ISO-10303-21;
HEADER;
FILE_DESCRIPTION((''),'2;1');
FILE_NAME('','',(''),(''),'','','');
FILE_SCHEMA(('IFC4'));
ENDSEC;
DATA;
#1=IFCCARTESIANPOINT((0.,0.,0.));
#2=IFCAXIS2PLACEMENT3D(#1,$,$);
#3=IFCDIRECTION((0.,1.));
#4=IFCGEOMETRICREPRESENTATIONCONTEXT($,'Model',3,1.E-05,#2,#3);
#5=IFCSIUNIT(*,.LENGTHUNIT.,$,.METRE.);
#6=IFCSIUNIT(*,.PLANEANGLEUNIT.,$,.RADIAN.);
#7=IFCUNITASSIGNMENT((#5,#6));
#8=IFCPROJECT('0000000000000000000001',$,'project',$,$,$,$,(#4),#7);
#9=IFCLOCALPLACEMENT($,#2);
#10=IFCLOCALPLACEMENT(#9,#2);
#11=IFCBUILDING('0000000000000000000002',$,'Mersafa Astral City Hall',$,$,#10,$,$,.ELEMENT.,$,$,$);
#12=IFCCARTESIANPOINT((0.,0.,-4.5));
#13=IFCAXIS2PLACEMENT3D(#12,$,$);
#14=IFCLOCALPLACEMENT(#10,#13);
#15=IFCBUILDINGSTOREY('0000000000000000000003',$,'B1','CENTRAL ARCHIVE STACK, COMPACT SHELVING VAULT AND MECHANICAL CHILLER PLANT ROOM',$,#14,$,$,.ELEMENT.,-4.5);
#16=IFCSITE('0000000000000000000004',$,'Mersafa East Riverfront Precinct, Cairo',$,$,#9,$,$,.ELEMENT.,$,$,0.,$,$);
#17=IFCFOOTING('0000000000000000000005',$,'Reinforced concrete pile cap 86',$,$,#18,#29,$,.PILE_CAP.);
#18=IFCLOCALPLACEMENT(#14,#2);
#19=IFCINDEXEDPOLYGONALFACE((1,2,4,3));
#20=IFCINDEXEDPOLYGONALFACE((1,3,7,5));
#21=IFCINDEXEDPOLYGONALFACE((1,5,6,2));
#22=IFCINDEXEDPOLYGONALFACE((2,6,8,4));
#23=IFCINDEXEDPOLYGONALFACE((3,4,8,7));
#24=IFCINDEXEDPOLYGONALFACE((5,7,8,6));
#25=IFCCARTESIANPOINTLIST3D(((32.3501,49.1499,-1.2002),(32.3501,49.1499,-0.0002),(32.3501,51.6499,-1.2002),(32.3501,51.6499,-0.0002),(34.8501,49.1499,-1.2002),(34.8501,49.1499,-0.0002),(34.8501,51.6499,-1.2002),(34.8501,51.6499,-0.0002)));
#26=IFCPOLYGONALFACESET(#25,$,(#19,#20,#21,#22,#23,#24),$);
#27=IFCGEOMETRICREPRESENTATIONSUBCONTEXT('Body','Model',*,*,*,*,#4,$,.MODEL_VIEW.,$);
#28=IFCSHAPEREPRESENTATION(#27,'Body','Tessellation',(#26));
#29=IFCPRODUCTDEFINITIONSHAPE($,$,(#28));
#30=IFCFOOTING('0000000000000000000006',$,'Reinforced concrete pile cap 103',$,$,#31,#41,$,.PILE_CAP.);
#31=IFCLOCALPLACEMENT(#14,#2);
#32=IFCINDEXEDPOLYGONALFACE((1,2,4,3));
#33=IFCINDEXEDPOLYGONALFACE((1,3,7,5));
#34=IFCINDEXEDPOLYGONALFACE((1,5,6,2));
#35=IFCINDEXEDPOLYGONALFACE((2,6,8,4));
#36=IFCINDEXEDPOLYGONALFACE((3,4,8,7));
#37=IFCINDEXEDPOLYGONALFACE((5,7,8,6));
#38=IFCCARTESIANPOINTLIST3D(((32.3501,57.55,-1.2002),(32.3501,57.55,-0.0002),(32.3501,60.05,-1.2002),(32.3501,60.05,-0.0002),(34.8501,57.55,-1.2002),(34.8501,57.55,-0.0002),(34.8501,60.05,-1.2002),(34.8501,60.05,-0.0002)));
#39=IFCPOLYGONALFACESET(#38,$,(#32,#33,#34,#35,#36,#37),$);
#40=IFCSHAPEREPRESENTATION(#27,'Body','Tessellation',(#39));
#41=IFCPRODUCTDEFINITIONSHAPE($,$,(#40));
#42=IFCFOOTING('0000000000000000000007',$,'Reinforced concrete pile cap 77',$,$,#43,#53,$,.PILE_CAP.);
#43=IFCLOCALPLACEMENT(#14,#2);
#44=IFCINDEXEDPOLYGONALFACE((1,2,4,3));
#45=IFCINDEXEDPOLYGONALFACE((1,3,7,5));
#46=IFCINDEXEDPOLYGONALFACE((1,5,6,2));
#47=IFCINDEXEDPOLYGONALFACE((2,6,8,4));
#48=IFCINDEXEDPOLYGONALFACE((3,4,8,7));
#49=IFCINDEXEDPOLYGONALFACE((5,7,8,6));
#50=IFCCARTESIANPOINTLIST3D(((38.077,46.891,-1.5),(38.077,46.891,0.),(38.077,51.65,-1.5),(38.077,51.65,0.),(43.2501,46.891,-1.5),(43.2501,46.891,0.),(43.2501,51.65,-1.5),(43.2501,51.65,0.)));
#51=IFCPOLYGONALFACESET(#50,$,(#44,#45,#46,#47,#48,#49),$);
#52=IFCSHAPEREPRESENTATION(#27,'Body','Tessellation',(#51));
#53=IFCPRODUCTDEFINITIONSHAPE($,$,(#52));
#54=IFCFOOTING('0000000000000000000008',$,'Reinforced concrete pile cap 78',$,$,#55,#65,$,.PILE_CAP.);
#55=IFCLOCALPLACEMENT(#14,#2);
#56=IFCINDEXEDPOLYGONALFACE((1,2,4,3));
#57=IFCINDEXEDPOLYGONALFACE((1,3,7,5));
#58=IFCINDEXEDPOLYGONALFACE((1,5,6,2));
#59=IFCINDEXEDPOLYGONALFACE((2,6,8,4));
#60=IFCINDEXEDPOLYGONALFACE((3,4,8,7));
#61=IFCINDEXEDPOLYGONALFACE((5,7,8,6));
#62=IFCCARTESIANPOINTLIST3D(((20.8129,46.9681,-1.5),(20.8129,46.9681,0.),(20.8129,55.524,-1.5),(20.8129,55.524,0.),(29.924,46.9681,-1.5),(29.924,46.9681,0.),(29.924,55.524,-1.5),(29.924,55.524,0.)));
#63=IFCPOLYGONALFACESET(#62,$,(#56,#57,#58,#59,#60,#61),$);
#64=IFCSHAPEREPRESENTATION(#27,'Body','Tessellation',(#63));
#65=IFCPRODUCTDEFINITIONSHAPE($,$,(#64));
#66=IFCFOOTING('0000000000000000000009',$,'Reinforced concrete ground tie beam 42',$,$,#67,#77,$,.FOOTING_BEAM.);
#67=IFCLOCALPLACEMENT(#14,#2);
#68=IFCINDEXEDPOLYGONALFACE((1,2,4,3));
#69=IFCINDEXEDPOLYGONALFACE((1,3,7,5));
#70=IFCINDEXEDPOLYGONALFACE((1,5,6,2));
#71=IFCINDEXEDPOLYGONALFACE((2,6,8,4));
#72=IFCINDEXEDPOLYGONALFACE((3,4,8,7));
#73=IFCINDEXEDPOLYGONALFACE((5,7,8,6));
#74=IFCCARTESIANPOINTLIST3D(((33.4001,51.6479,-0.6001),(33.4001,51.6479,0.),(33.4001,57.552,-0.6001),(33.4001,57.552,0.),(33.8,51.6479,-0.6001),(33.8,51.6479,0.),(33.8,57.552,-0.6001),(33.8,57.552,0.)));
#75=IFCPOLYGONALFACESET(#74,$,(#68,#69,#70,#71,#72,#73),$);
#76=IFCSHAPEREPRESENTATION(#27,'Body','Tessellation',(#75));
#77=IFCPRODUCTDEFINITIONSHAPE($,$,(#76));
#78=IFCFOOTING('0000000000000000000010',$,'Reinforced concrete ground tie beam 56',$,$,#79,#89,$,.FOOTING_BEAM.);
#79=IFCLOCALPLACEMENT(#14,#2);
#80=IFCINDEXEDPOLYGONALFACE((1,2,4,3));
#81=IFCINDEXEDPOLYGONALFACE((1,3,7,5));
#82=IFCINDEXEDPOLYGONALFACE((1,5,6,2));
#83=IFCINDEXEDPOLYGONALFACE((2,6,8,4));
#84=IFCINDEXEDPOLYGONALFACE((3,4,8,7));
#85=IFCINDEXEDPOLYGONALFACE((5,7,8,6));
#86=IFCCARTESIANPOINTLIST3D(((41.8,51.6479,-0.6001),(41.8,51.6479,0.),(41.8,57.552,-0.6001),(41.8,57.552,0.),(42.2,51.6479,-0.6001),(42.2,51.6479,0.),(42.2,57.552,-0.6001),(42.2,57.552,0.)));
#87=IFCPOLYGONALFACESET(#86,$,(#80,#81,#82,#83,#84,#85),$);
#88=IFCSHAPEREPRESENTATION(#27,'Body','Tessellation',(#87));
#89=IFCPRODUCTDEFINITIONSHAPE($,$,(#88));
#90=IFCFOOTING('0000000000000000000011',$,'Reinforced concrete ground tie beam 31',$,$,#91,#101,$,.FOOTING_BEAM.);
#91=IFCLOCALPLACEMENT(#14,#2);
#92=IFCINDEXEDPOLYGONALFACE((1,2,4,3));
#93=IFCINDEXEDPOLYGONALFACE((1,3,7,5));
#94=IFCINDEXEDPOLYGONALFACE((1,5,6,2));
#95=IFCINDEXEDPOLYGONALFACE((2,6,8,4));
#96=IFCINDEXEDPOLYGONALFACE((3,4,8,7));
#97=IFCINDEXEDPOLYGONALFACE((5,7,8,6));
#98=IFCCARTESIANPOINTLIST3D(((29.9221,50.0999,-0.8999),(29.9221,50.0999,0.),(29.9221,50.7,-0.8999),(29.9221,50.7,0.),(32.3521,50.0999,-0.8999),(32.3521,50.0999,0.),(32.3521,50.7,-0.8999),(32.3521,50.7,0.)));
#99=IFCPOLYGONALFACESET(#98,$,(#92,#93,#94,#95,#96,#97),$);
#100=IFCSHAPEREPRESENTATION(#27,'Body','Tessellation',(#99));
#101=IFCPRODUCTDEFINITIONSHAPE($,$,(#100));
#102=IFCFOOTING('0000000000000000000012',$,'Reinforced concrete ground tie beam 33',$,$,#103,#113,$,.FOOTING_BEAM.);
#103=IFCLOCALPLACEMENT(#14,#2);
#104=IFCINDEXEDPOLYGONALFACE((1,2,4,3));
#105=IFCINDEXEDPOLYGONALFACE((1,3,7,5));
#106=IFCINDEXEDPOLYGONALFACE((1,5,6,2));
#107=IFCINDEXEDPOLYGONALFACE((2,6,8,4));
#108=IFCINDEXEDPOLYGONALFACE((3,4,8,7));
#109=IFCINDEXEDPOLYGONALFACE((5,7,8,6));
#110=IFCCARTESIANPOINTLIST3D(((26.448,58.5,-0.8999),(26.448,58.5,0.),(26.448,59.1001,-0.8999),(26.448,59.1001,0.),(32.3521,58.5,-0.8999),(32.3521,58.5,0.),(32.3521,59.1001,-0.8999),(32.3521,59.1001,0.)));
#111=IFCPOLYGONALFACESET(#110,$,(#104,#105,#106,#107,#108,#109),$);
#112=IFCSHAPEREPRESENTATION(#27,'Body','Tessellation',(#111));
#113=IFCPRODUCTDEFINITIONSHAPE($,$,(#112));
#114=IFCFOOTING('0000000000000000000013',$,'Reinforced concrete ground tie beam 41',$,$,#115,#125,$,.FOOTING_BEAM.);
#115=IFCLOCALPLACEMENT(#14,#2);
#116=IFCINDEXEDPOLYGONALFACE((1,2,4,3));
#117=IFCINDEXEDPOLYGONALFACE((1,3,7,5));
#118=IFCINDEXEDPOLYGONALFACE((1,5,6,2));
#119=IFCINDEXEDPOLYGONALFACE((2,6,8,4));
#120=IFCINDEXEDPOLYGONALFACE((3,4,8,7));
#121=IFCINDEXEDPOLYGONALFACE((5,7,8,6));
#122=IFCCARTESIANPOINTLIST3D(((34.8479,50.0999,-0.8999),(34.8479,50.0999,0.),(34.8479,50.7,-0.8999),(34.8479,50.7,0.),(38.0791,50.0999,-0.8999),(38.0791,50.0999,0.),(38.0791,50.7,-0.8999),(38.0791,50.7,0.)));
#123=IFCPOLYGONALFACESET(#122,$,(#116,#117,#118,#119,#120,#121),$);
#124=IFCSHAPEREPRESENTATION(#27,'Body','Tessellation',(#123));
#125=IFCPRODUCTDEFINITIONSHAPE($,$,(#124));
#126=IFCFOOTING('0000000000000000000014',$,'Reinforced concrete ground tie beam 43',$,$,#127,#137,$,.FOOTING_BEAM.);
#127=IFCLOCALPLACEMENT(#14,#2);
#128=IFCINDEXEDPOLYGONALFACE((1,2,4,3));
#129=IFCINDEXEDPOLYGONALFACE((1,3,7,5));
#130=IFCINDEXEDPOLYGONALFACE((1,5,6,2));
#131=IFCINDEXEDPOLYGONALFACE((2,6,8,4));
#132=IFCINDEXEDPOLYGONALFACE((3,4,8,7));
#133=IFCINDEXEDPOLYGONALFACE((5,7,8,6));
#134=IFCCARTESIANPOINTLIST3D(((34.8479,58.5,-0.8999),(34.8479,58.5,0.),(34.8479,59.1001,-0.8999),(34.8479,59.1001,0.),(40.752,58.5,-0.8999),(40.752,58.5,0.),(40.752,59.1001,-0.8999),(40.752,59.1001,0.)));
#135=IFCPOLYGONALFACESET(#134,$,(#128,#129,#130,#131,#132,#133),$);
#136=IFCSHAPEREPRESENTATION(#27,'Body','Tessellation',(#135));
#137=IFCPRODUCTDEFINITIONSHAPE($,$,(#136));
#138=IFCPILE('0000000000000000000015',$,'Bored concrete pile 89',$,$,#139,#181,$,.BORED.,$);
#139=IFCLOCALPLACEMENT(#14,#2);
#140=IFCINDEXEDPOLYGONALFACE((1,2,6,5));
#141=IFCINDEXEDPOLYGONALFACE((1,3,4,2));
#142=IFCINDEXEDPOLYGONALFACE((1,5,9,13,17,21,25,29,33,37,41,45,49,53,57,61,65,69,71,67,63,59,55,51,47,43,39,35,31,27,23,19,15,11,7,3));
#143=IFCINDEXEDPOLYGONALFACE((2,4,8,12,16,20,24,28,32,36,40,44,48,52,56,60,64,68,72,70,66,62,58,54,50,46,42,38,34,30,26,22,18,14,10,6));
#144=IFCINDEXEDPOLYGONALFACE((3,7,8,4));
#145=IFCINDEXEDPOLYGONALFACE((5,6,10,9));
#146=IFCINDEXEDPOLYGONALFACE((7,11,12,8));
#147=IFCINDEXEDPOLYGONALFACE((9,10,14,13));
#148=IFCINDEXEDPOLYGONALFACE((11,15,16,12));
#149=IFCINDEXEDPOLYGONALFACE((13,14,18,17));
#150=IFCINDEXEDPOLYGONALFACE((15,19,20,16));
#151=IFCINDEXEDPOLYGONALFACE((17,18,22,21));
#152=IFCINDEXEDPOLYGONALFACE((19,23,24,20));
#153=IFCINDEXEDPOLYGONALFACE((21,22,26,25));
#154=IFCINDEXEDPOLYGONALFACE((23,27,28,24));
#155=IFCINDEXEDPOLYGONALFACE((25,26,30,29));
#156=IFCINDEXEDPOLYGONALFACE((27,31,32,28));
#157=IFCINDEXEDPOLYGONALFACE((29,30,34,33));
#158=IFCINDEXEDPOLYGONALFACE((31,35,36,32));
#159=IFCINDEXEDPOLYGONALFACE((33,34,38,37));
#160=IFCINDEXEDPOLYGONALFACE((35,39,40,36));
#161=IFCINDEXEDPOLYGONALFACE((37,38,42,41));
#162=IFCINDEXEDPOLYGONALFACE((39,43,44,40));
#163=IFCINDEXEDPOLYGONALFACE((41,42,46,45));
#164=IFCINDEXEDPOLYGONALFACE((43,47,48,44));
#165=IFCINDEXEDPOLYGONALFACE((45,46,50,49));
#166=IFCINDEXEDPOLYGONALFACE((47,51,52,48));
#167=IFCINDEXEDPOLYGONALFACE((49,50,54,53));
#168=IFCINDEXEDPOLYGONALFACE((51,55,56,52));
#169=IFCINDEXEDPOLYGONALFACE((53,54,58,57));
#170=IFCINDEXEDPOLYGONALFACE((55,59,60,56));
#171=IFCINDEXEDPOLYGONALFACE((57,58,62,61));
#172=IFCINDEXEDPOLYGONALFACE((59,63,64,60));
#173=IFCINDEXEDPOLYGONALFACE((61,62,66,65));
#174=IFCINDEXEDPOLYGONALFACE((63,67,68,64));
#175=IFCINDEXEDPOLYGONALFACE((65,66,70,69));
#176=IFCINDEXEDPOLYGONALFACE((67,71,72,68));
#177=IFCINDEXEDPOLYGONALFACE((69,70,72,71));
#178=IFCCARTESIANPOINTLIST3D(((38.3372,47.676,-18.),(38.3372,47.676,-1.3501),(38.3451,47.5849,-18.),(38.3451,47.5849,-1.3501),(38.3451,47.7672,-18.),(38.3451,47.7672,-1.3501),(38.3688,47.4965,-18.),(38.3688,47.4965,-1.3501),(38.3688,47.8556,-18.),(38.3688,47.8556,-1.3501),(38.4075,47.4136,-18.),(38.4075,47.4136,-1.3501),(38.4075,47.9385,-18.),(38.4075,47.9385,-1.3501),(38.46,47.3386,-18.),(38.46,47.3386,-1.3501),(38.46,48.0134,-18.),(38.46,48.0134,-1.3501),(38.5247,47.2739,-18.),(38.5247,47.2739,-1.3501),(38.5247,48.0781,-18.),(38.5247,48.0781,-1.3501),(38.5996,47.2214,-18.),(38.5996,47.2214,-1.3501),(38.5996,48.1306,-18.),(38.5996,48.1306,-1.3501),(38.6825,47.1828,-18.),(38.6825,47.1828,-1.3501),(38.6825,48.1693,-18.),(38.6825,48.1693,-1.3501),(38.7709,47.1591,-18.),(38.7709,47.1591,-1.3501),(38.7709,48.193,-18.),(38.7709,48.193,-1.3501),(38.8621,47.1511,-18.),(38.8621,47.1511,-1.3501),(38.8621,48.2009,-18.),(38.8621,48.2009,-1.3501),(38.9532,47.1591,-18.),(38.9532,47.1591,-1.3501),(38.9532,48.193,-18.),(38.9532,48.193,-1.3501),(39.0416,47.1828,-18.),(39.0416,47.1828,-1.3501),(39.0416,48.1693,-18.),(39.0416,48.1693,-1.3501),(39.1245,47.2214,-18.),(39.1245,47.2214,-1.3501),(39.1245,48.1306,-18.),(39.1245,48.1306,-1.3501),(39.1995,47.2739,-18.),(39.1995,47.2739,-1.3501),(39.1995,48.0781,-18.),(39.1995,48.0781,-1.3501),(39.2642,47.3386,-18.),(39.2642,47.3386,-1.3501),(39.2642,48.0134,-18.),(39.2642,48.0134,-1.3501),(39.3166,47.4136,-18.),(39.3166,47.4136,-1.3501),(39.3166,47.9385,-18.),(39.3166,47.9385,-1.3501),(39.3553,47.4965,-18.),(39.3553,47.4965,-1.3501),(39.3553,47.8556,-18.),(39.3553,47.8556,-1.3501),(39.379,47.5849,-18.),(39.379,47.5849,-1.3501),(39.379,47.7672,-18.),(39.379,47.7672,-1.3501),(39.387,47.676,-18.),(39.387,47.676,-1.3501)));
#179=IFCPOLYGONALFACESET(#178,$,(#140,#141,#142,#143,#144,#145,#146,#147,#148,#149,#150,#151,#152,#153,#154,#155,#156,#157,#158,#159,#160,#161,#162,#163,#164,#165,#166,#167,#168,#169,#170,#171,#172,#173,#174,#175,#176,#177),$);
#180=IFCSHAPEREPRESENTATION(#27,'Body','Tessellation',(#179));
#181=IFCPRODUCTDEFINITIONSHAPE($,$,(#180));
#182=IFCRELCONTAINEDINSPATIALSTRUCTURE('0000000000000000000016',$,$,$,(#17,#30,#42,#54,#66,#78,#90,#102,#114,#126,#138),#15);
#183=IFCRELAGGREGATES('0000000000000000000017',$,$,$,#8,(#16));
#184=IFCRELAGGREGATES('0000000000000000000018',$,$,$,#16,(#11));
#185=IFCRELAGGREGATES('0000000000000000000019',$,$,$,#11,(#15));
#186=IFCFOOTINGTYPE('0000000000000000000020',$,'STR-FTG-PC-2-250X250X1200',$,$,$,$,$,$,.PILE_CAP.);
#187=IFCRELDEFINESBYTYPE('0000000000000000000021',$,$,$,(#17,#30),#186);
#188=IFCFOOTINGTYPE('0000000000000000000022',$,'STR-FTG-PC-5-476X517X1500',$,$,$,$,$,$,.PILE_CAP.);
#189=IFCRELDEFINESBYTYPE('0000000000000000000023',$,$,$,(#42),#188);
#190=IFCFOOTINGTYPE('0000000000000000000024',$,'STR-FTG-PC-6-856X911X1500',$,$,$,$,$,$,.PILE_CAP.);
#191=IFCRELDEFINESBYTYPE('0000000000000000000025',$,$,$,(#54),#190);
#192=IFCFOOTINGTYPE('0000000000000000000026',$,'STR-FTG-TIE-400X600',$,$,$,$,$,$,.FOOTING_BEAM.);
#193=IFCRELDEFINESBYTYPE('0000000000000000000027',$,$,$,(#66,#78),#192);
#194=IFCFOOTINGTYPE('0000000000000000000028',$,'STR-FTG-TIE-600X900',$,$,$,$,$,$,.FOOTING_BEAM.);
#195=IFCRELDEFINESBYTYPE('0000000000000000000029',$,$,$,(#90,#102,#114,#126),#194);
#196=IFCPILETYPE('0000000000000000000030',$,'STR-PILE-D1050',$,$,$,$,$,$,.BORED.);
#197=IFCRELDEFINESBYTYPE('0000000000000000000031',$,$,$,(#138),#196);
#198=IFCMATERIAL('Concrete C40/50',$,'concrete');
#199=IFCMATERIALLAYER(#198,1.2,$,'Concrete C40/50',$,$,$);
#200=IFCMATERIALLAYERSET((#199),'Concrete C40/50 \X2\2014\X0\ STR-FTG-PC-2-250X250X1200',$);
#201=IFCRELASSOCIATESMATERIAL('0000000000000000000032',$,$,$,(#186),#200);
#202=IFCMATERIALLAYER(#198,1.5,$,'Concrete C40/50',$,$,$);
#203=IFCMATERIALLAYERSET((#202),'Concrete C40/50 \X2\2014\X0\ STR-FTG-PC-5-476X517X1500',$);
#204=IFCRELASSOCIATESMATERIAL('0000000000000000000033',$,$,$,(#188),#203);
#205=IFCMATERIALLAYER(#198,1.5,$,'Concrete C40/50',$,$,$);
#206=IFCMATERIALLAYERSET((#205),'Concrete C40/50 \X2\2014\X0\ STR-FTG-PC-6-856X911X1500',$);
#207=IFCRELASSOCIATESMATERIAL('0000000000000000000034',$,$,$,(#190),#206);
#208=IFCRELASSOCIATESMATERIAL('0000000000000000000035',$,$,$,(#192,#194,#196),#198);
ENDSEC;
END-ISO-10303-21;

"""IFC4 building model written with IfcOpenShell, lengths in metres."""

from ifc_helpers import new_model, si_unit, direction, frame, origin, origin_2d, place, context, subcontext, project, spatial, rectangle, circle, extrude, material, layer, layer_set, material_profile, profile_set, type_object, element, save


model = new_model("IFC4")

# Units and contexts
model_context = context("Model", 3, precision=1e-05, world=origin(), true_north=direction((0.0, 1.0)))
body_context = subcontext(model_context, "Body", "Model", "MODEL_VIEW")
ifc_project = project(units=[si_unit("LENGTHUNIT", "METRE"), si_unit("PLANEANGLEUNIT", "RADIAN")], contexts=[model_context])

# Site, building, storey
site_placement = place(None, origin())
site = spatial("IfcSite", under=ifc_project, at=site_placement, Name="Mersafa East Riverfront Precinct, Cairo", CompositionType="ELEMENT", RefElevation=0.0)
building_placement = place(site_placement, origin())
building = spatial("IfcBuilding", under=site, at=building_placement, Name="Mersafa Astral City Hall", CompositionType="ELEMENT")
storey_placement = place(building_placement, frame((0.0, 0.0, -4.5)))
storey = spatial("IfcBuildingStorey", under=building, at=storey_placement, Name="B1", Description="CENTRAL ARCHIVE STACK, COMPACT SHELVING VAULT AND MECHANICAL CHILLER PLANT ROOM", CompositionType="ELEMENT", Elevation=-4.5)

# Footings
ifc_material = material(Name="Concrete C40/50", Category="concrete")
ifc_layer_1 = layer(ifc_material, 1.2, Name="Concrete C40/50")
ifc_layer_set_1 = layer_set([ifc_layer_1], Name="Concrete C40/50 — STR-FTG-PC-2-250X250X1200")
footing_type_1 = type_object("IfcFootingType", Name="STR-FTG-PC-2-250X250X1200", PredefinedType="PILE_CAP", material=ifc_layer_set_1)
for number, where, z_axis, x_axis, name in (
    (1, (33.6001, 50.3999, -1.2002), (0.0, 0.0, 1.0), (1.0, 0.0, 0.0), "Reinforced concrete pile cap 86"),
    (2, (33.6001, 58.8, -1.2002), (0.0, 0.0, 1.0), (1.0, 0.0, 0.0), "Reinforced concrete pile cap 103"),
):
    element("IfcFooting", number, at=place(storey_placement, frame(where, z_axis=z_axis, x_axis=x_axis)), inside=storey, type_object=footing_type_1, Name=name, PredefinedType="PILE_CAP", context=body_context, shape_type="SweptSolid", body=[
        extrude(rectangle(XDim=2.5, YDim=2.5, at=origin_2d()), origin(), (0.0, 0.0, 1.0), 1.2),
    ])
ifc_layer_2 = layer(ifc_material, 1.5, Name="Concrete C40/50")
ifc_layer_set_2 = layer_set([ifc_layer_2], Name="Concrete C40/50 — STR-FTG-PC-5-476X517X1500")
footing_type_2 = type_object("IfcFootingType", Name="STR-FTG-PC-5-476X517X1500", PredefinedType="PILE_CAP", material=ifc_layer_set_2)
footing_1_placement = place(storey_placement, frame((40.6636, 49.2705, -1.5), z_axis=(0.0, 0.0, 1.0), x_axis=(1.0, 0.0, 0.0)))
element("IfcFooting", 3, at=footing_1_placement, inside=storey, type_object=footing_type_2, Name="Reinforced concrete pile cap 77", PredefinedType="PILE_CAP", context=body_context, shape_type="SweptSolid", body=[
    extrude(rectangle(XDim=5.1731, YDim=4.759, at=origin_2d()), origin(), (0.0, 0.0, 1.0), 1.5),
])
ifc_layer_3 = layer(ifc_material, 1.5, Name="Concrete C40/50")
ifc_layer_set_3 = layer_set([ifc_layer_3], Name="Concrete C40/50 — STR-FTG-PC-6-856X911X1500")
footing_type_3 = type_object("IfcFootingType", Name="STR-FTG-PC-6-856X911X1500", PredefinedType="PILE_CAP", material=ifc_layer_set_3)
footing_2_placement = place(storey_placement, frame((25.3684, 51.2461, -1.5), z_axis=(0.0, 0.0, 1.0), x_axis=(1.0, 0.0, 0.0)))
element("IfcFooting", 4, at=footing_2_placement, inside=storey, type_object=footing_type_3, Name="Reinforced concrete pile cap 78", PredefinedType="PILE_CAP", context=body_context, shape_type="SweptSolid", body=[
    extrude(rectangle(XDim=9.1111, YDim=8.5559, at=origin_2d()), origin(), (0.0, 0.0, 1.0), 1.5),
])
ifc_material_profile_1 = material_profile(ifc_material, rectangle(XDim=0.3999, YDim=0.6001, at=origin_2d()), Name="RC 400x600")
ifc_profile_set_1 = profile_set([ifc_material_profile_1], Name="Concrete C40/50")
footing_type_4 = type_object("IfcFootingType", Name="STR-FTG-TIE-400X600", PredefinedType="FOOTING_BEAM", material=ifc_profile_set_1)
for number, where, z_axis, x_axis, name in (
    (5, (33.6001, 51.6479, -0.3), (0.0, 1.0, 0.0), (-1.0, 0.0, 0.0), "Reinforced concrete ground tie beam 42"),
    (6, (42.0, 51.6479, -0.3), (0.0, 1.0, 0.0), (-1.0, 0.0, 0.0), "Reinforced concrete ground tie beam 56"),
):
    element("IfcFooting", number, at=place(storey_placement, frame(where, z_axis=z_axis, x_axis=x_axis)), inside=storey, type_object=footing_type_4, Name=name, PredefinedType="FOOTING_BEAM", context=body_context, shape_type="SweptSolid", body=[
        extrude(rectangle(XDim=0.3999, YDim=0.6001, at=origin_2d()), origin(), (0.0, 0.0, 1.0), 5.9041),
    ])
ifc_material_profile_2 = material_profile(ifc_material, rectangle(XDim=0.6001, YDim=0.8999, at=origin_2d()), Name="RC 600x900")
ifc_profile_set_2 = profile_set([ifc_material_profile_2], Name="Concrete C40/50")
footing_type_5 = type_object("IfcFootingType", Name="STR-FTG-TIE-600X900", PredefinedType="FOOTING_BEAM", material=ifc_profile_set_2)
footing_3_placement = place(storey_placement, frame((29.9221, 50.3999, -0.45), z_axis=(1.0, 0.0, 0.0), x_axis=(0.0, 1.0, 0.0)))
element("IfcFooting", 7, at=footing_3_placement, inside=storey, type_object=footing_type_5, Name="Reinforced concrete ground tie beam 31", PredefinedType="FOOTING_BEAM", context=body_context, shape_type="SweptSolid", body=[
    extrude(rectangle(XDim=0.6001, YDim=0.8999, at=origin_2d()), origin(), (0.0, 0.0, 1.0), 2.4299),
])
footing_4_placement = place(storey_placement, frame((26.448, 58.8, -0.45), z_axis=(1.0, 0.0, 0.0), x_axis=(0.0, 1.0, 0.0)))
element("IfcFooting", 8, at=footing_4_placement, inside=storey, type_object=footing_type_5, Name="Reinforced concrete ground tie beam 33", PredefinedType="FOOTING_BEAM", context=body_context, shape_type="SweptSolid", body=[
    extrude(rectangle(XDim=0.6001, YDim=0.8999, at=origin_2d()), origin(), (0.0, 0.0, 1.0), 5.9041),
])
footing_5_placement = place(storey_placement, frame((34.8479, 50.3999, -0.45), z_axis=(1.0, 0.0, 0.0), x_axis=(0.0, 1.0, 0.0)))
element("IfcFooting", 9, at=footing_5_placement, inside=storey, type_object=footing_type_5, Name="Reinforced concrete ground tie beam 41", PredefinedType="FOOTING_BEAM", context=body_context, shape_type="SweptSolid", body=[
    extrude(rectangle(XDim=0.6001, YDim=0.8999, at=origin_2d()), origin(), (0.0, 0.0, 1.0), 3.2312),
])
footing_6_placement = place(storey_placement, frame((34.8479, 58.8, -0.45), z_axis=(1.0, 0.0, 0.0), x_axis=(0.0, 1.0, 0.0)))
element("IfcFooting", 10, at=footing_6_placement, inside=storey, type_object=footing_type_5, Name="Reinforced concrete ground tie beam 43", PredefinedType="FOOTING_BEAM", context=body_context, shape_type="SweptSolid", body=[
    extrude(rectangle(XDim=0.6001, YDim=0.8999, at=origin_2d()), origin(), (0.0, 0.0, 1.0), 5.9041),
])

# Pile
ifc_material_profile_3 = material_profile(ifc_material, circle(Radius=0.5249, at=origin_2d()), Name="PILE D1050")
ifc_profile_set_3 = profile_set([ifc_material_profile_3], Name="Concrete C40/50")
pile_type_1 = type_object("IfcPileType", Name="STR-PILE-D1050", PredefinedType="BORED", material=ifc_profile_set_3)
for number, where, z_axis, x_axis, name in (
    (11, (38.8621, 47.676, -1.3501), (0.0, 0.0, -1.0), (1.0, 0.0, 0.0), "Bored concrete pile 89"),
):
    element("IfcPile", number, at=place(storey_placement, frame(where, z_axis=z_axis, x_axis=x_axis)), inside=storey, type_object=pile_type_1, Name=name, PredefinedType="BORED", context=body_context, shape_type="SweptSolid", body=[
        extrude(circle(Radius=0.5249, at=origin_2d()), origin(), (0.0, 0.0, 1.0), 16.6499),
    ])

save(model, "model.ifc")
